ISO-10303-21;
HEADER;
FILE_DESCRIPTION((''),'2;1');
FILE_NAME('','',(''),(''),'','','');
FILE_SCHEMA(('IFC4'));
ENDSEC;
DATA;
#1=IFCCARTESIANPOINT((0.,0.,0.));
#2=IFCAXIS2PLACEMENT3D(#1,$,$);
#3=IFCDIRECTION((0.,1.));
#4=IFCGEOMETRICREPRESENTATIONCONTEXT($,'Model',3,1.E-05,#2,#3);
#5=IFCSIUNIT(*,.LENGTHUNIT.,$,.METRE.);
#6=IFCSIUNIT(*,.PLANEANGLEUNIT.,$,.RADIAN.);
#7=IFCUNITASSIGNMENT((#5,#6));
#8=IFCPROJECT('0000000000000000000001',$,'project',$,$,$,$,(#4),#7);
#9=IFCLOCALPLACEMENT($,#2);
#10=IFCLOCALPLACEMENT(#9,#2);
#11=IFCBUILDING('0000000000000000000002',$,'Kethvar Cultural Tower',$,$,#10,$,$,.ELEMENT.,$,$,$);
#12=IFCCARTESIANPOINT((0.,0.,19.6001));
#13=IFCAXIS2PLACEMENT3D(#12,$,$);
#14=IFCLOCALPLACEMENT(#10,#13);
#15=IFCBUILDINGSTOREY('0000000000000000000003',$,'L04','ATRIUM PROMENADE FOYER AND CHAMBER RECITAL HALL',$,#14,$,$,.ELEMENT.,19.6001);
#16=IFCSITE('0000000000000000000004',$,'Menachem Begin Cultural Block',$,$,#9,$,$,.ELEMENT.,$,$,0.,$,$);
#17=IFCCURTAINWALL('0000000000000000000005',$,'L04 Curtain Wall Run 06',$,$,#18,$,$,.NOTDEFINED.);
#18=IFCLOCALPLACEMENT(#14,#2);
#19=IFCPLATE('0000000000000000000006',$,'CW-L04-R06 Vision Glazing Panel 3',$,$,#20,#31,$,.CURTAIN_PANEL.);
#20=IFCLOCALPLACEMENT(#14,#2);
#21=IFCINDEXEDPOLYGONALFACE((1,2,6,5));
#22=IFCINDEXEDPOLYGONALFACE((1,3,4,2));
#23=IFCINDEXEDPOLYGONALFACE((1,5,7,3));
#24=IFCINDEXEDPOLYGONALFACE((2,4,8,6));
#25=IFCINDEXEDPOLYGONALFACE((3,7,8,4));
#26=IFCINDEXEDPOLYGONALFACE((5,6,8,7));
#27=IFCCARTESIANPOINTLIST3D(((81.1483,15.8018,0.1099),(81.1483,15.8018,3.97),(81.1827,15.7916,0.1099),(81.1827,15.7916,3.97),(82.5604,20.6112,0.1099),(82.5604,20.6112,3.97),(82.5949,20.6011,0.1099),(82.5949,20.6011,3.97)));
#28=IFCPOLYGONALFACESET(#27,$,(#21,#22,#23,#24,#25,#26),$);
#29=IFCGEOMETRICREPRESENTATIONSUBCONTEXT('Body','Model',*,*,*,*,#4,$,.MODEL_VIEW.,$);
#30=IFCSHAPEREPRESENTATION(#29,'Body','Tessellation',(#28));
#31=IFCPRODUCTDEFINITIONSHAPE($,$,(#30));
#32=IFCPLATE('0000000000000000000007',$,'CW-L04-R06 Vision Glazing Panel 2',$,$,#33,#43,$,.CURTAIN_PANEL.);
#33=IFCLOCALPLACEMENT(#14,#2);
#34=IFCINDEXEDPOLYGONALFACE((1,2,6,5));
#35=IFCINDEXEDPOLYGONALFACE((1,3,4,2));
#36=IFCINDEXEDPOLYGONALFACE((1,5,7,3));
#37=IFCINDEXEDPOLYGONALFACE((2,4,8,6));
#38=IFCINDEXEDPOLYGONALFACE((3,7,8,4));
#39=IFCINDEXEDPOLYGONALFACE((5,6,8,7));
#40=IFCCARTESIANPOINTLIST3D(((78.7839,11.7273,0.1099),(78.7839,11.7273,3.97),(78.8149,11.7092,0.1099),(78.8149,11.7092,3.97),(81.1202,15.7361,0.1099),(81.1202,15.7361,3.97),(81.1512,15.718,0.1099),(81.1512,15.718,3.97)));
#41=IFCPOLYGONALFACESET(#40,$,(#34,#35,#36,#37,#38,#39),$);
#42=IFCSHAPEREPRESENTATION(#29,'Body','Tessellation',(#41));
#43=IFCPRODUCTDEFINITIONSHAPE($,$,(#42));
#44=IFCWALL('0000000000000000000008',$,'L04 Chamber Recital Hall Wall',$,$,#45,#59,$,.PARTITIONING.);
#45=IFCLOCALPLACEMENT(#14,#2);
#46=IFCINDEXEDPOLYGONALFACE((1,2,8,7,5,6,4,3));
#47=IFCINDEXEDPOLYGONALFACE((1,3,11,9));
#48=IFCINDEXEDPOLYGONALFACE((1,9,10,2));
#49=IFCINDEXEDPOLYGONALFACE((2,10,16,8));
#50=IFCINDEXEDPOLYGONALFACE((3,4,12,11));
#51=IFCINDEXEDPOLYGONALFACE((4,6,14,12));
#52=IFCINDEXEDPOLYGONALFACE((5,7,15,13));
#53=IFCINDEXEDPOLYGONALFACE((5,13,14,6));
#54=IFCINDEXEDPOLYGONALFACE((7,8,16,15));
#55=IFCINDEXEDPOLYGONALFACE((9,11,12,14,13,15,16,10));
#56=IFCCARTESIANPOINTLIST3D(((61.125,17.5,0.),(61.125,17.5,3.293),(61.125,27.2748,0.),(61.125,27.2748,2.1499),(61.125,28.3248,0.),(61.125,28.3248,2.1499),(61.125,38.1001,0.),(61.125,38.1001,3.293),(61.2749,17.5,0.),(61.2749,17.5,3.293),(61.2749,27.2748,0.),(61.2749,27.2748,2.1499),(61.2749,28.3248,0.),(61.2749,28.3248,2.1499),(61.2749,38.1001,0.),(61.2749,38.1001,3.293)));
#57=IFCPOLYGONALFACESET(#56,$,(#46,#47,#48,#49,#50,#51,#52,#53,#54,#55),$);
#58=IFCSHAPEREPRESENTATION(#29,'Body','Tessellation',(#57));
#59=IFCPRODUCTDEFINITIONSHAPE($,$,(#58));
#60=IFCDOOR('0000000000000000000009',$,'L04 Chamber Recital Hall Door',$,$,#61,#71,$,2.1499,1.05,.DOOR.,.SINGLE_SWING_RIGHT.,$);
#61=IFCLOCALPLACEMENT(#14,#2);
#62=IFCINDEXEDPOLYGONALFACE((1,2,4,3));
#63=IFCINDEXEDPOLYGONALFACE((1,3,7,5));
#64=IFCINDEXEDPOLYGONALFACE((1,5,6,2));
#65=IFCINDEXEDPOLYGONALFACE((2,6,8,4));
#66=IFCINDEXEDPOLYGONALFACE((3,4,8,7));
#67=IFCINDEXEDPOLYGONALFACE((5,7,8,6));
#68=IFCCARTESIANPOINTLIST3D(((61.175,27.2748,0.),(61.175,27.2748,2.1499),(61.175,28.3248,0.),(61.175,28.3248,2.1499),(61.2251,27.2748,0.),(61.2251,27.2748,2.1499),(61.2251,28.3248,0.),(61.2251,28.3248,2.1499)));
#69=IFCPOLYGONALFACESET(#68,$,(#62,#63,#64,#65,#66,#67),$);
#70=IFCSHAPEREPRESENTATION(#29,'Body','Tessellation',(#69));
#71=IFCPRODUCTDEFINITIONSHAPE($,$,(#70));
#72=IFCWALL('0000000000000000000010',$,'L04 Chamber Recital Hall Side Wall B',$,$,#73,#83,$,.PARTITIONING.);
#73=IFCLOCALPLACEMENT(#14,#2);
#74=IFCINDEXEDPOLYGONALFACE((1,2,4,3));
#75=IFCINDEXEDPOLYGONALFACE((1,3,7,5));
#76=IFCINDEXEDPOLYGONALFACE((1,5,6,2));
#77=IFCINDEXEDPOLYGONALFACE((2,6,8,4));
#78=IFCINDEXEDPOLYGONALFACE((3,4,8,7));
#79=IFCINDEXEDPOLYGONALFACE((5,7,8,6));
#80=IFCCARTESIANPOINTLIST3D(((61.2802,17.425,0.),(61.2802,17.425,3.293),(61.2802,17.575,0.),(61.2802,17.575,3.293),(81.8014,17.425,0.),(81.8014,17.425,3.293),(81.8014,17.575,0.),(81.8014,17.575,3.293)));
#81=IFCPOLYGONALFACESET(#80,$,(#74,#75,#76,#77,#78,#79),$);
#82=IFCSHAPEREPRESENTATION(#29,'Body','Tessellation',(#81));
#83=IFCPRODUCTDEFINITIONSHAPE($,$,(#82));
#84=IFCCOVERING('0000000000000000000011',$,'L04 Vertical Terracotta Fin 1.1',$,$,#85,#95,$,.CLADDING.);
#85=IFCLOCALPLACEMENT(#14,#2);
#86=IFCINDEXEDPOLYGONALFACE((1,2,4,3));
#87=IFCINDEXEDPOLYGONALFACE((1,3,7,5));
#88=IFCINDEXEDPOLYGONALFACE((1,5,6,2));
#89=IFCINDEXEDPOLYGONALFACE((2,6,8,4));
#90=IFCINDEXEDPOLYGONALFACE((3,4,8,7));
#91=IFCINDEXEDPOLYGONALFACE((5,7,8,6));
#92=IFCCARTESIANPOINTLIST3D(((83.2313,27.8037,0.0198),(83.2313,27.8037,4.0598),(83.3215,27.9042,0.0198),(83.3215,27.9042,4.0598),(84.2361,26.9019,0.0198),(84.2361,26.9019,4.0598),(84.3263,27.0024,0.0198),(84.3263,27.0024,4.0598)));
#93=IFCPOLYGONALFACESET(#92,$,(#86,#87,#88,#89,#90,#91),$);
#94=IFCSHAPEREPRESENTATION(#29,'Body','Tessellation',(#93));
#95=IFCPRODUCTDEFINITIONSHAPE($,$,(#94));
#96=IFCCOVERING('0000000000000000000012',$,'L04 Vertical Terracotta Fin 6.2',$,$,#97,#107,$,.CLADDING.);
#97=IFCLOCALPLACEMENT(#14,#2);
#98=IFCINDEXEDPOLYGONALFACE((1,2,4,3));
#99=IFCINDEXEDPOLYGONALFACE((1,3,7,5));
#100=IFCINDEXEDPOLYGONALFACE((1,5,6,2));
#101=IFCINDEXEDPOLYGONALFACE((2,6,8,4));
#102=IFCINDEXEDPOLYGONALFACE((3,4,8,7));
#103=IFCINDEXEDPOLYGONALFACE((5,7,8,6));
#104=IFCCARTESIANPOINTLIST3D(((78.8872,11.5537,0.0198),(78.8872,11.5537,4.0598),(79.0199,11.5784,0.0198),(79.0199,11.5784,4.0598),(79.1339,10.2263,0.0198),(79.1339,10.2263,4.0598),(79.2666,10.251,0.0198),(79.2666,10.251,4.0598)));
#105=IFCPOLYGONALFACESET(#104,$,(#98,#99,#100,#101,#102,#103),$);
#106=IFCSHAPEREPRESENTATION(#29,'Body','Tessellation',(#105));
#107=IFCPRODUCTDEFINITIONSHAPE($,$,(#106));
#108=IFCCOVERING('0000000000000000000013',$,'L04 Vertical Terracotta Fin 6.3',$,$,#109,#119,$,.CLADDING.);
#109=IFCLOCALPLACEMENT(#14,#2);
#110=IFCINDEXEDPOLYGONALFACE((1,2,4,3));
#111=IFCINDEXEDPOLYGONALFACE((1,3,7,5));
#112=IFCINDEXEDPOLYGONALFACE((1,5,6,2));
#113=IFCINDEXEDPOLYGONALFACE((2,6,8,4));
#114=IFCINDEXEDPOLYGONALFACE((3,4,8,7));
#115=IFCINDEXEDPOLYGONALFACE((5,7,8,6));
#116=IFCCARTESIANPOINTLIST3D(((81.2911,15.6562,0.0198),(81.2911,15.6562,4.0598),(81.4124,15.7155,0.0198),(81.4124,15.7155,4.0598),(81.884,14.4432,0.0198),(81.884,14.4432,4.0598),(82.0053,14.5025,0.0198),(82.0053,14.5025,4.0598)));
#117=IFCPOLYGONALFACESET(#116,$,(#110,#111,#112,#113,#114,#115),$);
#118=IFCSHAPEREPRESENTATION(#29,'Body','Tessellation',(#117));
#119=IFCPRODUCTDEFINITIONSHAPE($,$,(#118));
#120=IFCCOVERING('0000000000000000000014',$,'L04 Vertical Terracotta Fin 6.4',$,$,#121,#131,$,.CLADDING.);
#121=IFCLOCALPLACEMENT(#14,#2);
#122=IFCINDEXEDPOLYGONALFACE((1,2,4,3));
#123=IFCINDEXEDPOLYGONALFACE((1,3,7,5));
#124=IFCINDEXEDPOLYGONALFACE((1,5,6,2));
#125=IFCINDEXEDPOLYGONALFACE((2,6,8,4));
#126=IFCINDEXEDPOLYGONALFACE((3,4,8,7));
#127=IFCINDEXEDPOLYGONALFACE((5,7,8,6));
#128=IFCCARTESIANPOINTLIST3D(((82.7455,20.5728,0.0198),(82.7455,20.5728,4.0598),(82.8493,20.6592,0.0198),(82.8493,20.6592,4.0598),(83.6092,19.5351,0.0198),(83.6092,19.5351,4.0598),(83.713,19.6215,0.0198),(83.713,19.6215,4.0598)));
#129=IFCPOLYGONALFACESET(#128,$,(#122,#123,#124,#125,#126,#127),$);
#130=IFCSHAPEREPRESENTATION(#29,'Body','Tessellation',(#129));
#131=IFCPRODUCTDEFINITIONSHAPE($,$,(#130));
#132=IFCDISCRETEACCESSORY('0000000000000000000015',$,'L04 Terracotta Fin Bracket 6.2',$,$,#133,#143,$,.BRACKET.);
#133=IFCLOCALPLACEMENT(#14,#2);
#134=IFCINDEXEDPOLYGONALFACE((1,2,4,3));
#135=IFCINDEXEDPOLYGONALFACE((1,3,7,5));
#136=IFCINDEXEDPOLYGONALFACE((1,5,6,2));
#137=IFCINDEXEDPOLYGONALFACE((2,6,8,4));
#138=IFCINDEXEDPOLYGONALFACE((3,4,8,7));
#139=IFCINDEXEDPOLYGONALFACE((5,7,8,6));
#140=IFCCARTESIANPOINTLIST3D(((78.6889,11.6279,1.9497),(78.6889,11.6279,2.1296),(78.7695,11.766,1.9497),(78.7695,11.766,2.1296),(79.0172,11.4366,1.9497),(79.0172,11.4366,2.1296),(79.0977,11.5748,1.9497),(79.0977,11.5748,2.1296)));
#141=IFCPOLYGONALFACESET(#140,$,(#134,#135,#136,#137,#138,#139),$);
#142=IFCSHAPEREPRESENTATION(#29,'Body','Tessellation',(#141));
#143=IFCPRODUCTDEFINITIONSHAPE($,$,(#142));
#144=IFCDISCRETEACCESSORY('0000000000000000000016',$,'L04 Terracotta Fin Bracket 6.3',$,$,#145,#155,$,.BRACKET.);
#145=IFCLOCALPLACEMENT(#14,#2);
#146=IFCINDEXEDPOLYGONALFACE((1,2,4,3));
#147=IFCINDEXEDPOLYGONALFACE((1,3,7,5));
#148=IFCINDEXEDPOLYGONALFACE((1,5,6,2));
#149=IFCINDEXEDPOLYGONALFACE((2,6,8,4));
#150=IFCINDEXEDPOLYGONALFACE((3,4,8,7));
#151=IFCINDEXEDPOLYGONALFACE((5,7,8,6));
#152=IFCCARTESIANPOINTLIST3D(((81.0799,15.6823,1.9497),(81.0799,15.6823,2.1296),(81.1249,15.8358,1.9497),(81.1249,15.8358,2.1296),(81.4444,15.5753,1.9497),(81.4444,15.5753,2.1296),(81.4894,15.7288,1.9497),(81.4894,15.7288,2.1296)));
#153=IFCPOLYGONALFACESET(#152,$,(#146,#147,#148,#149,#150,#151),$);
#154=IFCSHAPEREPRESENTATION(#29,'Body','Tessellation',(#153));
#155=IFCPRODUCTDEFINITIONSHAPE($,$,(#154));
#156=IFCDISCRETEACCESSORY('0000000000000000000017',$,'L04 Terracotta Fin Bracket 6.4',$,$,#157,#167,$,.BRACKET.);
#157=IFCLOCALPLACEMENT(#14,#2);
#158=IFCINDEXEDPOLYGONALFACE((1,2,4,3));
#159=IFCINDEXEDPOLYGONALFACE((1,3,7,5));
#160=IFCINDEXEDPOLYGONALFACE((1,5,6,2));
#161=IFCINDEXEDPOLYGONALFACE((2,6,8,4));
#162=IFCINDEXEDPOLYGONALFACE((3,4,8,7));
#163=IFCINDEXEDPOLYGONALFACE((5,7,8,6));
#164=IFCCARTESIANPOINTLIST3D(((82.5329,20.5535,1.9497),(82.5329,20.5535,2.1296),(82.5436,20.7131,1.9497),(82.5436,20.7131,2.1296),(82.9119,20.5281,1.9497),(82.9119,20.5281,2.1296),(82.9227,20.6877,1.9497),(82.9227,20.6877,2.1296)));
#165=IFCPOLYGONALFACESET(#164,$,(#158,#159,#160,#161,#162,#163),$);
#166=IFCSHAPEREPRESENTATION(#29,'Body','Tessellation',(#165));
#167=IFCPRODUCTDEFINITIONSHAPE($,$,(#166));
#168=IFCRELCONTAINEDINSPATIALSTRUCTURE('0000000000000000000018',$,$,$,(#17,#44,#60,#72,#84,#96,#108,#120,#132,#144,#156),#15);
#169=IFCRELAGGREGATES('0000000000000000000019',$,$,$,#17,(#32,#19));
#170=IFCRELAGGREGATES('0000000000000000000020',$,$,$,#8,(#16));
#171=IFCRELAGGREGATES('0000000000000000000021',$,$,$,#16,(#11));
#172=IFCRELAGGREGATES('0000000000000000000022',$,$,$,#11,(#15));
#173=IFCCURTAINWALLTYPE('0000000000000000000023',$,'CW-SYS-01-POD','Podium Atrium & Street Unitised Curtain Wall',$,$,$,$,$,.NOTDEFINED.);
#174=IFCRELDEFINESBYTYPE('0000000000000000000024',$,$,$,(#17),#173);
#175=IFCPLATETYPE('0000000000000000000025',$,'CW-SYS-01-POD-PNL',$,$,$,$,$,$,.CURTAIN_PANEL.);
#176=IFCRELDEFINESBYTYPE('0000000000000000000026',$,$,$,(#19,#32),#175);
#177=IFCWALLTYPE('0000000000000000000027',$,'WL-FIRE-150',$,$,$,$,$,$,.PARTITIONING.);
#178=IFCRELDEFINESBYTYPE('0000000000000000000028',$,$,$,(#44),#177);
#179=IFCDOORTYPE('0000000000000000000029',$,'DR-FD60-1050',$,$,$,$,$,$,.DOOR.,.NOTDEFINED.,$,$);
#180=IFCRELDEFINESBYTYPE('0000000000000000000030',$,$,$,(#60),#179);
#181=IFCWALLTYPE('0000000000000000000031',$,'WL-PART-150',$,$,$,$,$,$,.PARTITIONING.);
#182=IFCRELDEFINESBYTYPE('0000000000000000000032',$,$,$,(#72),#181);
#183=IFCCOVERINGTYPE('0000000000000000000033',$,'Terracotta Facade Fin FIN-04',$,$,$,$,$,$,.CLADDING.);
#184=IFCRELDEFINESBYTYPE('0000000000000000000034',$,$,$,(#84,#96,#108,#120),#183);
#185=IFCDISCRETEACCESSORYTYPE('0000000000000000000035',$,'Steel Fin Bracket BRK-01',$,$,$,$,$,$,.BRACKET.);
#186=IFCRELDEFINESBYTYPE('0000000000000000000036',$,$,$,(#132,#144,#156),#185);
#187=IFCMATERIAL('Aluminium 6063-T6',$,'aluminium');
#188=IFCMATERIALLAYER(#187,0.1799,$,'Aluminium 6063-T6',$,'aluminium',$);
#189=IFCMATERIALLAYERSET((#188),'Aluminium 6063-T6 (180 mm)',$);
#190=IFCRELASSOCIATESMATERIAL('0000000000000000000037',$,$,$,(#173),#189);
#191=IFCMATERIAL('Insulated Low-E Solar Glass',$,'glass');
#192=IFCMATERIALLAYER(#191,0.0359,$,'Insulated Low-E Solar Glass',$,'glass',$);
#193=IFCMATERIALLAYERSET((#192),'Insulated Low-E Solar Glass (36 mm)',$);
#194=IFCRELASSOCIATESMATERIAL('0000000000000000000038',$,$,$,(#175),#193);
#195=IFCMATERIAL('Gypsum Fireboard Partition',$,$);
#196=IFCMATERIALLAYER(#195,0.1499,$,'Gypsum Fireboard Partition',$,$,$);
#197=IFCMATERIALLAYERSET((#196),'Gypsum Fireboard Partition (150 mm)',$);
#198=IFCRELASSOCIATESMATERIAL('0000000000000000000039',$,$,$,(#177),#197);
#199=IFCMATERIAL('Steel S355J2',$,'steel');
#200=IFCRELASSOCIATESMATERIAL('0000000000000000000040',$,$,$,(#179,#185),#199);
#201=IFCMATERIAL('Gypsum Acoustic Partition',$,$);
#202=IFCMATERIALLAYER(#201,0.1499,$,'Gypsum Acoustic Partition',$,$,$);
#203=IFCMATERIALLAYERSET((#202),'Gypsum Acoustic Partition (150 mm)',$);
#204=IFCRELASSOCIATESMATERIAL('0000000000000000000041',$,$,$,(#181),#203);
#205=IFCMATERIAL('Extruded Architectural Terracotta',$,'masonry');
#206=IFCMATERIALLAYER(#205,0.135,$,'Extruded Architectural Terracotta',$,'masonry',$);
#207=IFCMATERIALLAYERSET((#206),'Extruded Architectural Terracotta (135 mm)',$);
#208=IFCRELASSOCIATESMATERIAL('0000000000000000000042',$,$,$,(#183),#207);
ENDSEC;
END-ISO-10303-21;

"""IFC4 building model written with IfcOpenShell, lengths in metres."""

from ifc_helpers import new_model, si_unit, direction, frame, frame_2d, origin, origin_2d, place, context, subcontext, project, spatial, rectangle, extrude, source, transform, mapped, material, layer, layer_set, type_object, element, fill, aggregate, save


model = new_model("IFC4")

# Units and contexts
model_context = context("Model", 3, precision=1e-05, world=origin(), true_north=direction((0.0, 1.0)))
body_context = subcontext(model_context, "Body", "Model", "MODEL_VIEW")
ifc_project = project(units=[si_unit("LENGTHUNIT", "METRE"), si_unit("PLANEANGLEUNIT", "RADIAN")], contexts=[model_context])

# Site, building, storey
site_placement = place(None, origin())
site = spatial("IfcSite", under=ifc_project, at=site_placement, Name="Menachem Begin Cultural Block", CompositionType="ELEMENT", RefElevation=0.0)
building_placement = place(site_placement, origin())
building = spatial("IfcBuilding", under=site, at=building_placement, Name="Kethvar Cultural Tower", CompositionType="ELEMENT")
storey_placement = place(building_placement, frame((0.0, 0.0, 19.6001)))
storey = spatial("IfcBuildingStorey", under=building, at=storey_placement, Name="L04", Description="ATRIUM PROMENADE FOYER AND CHAMBER RECITAL HALL", CompositionType="ELEMENT", Elevation=19.6001)

# Shared definitions
ifc_material_1 = material(Name="Steel S355J2", Category="steel")

# Curtain wall, plates
ifc_material_2 = material(Name="Aluminium 6063-T6", Category="aluminium")
ifc_layer_1 = layer(ifc_material_2, 0.1799, Name="Aluminium 6063-T6", Category="aluminium")
ifc_layer_set_1 = layer_set([ifc_layer_1], Name="Aluminium 6063-T6 (180 mm)")
curtain_wall_type = type_object("IfcCurtainWallType", Name="CW-SYS-01-POD", Description="Podium Atrium & Street Unitised Curtain Wall", PredefinedType="NOTDEFINED", material=ifc_layer_set_1)
curtain_wall_placement = place(storey_placement, origin())
curtain_wall = element("IfcCurtainWall", 1, at=curtain_wall_placement, inside=storey, type_object=curtain_wall_type, Name="L04 Curtain Wall Run 06", PredefinedType="NOTDEFINED")
ifc_material_3 = material(Name="Insulated Low-E Solar Glass", Category="glass")
ifc_layer_2 = layer(ifc_material_3, 0.0359, Name="Insulated Low-E Solar Glass", Category="glass")
ifc_layer_set_2 = layer_set([ifc_layer_2], Name="Insulated Low-E Solar Glass (36 mm)")
plate_type = type_object("IfcPlateType", Name="CW-SYS-01-POD-PNL", PredefinedType="CURTAIN_PANEL", material=ifc_layer_set_2)
shared_shape_1 = source(origin(), body_context, "Body", "SweptSolid", [
    extrude(rectangle(XDim=5.0125, YDim=0.0359, at=origin_2d()), origin(), (0.0, 0.0, 1.0), 3.8601),
])
plate_1_placement = place(storey_placement, frame((81.8716, 18.2014, 0.1099), z_axis=(0.0, 0.0, 1.0), x_axis=(0.281722, 0.959496, 0.0)))
plate_1 = element("IfcPlate", 2, at=plate_1_placement, type_object=plate_type, Name="CW-L04-R06 Vision Glazing Panel 3", PredefinedType="CURTAIN_PANEL", context=body_context, shape_type="MappedRepresentation", body=[
    mapped(shared_shape_1, transform((0.0, 0.0, 0.0), scale=1.0)),
])
shared_shape_2 = source(origin(), body_context, "Body", "SweptSolid", [
    extrude(rectangle(XDim=4.6399, YDim=0.0359, at=origin_2d()), origin(), (0.0, 0.0, 1.0), 3.8601),
])
plate_2_placement = place(storey_placement, frame((79.9675, 13.7227, 0.1099), z_axis=(0.0, 0.0, 1.0), x_axis=(0.503518, 0.863985, 0.0)))
plate_2 = element("IfcPlate", 3, at=plate_2_placement, type_object=plate_type, Name="CW-L04-R06 Vision Glazing Panel 2", PredefinedType="CURTAIN_PANEL", context=body_context, shape_type="MappedRepresentation", body=[
    mapped(shared_shape_2, transform((0.0, 0.0, 0.0), scale=1.0)),
])
aggregate(curtain_wall, [plate_2, plate_1])

# Wall, opening, door
ifc_material_4 = material(Name="Gypsum Fireboard Partition")
ifc_layer_3 = layer(ifc_material_4, 0.1499, Name="Gypsum Fireboard Partition")
ifc_layer_set_3 = layer_set([ifc_layer_3], Name="Gypsum Fireboard Partition (150 mm)")
wall_type_1 = type_object("IfcWallType", Name="WL-FIRE-150", PredefinedType="PARTITIONING", material=ifc_layer_set_3)
wall_1_placement = place(storey_placement, frame((61.2, 17.5, 0.0), z_axis=(0.0, 0.0, 1.0), x_axis=(0.0, 1.0, 0.0)))
wall_1 = element("IfcWall", 4, at=wall_1_placement, inside=storey, type_object=wall_type_1, Name="L04 Chamber Recital Hall Wall", PredefinedType="PARTITIONING", context=body_context, shape_type="SweptSolid", body=[
    extrude(rectangle(XDim=20.6001, YDim=0.1499, at=frame_2d((10.3, 0.0))), origin(), (0.0, 0.0, 1.0), 3.293),
])
opening_1_placement = place(wall_1_placement, frame((9.7749, 0.0, 0.0)))
opening_1 = element("IfcOpeningElement", 5, at=opening_1_placement, cuts=wall_1, PredefinedType="OPENING", context=body_context, shape_type="SweptSolid", body=[
    extrude(rectangle(XDim=1.05, YDim=2.1499, at=frame_2d((0.5249, 1.075))), frame((0.0, 0.085, 0.0), z_axis=(0.0, -1.0, 0.0), x_axis=(1.0, 0.0, 0.0)), (0.0, 0.0, 1.0), 0.1699),
])
door_type = type_object("IfcDoorType", Name="DR-FD60-1050", OperationType="NOTDEFINED", PredefinedType="DOOR", material=ifc_material_1)
shared_shape_3 = source(origin(), body_context, "Body", "SweptSolid", [
    extrude(rectangle(XDim=1.05, YDim=2.1499, at=frame_2d((0.5249, 1.075))), frame((0.0, 0.0249, 0.0), z_axis=(0.0, -1.0, 0.0), x_axis=(1.0, 0.0, 0.0)), (0.0, 0.0, 1.0), 0.05),
])
door_1_placement = place(opening_1_placement, origin())
door_1 = element("IfcDoor", 6, at=door_1_placement, inside=storey, type_object=door_type, Name="L04 Chamber Recital Hall Door", OperationType="SINGLE_SWING_RIGHT", OverallHeight=2.1499, OverallWidth=1.05, PredefinedType="DOOR", context=body_context, shape_type="MappedRepresentation", body=[
    mapped(shared_shape_3, transform((0.0, 0.0, 0.0), scale=1.0)),
])
fill(opening_1, door_1)

# Wall
ifc_material_5 = material(Name="Gypsum Acoustic Partition")
ifc_layer_4 = layer(ifc_material_5, 0.1499, Name="Gypsum Acoustic Partition")
ifc_layer_set_4 = layer_set([ifc_layer_4], Name="Gypsum Acoustic Partition (150 mm)")
wall_type_2 = type_object("IfcWallType", Name="WL-PART-150", PredefinedType="PARTITIONING", material=ifc_layer_set_4)
wall_2_placement = place(storey_placement, frame((61.28, 17.5, 0.0), z_axis=(0.0, 0.0, 1.0), x_axis=(1.0, 0.0, 0.0)))
element("IfcWall", 7, at=wall_2_placement, inside=storey, type_object=wall_type_2, Name="L04 Chamber Recital Hall Side Wall B", PredefinedType="PARTITIONING", context=body_context, shape_type="SweptSolid", body=[
    extrude(rectangle(XDim=20.5212, YDim=0.1499, at=frame_2d((10.2607, 0.0))), origin(), (0.0, 0.0, 1.0), 3.293),
])

# Coverings
ifc_material_6 = material(Name="Extruded Architectural Terracotta", Category="masonry")
ifc_layer_5 = layer(ifc_material_6, 0.135, Name="Extruded Architectural Terracotta", Category="masonry")
ifc_layer_set_5 = layer_set([ifc_layer_5], Name="Extruded Architectural Terracotta (135 mm)")
covering_type = type_object("IfcCoveringType", Name="Terracotta Facade Fin FIN-04", PredefinedType="CLADDING", material=ifc_layer_set_5)
shared_shape_4 = source(origin(), body_context, "Body", "SweptSolid", [
    extrude(rectangle(XDim=1.3501, YDim=0.135, at=origin_2d()), origin(), (0.0, 0.0, 1.0), 4.04),
])
for number, where, z_axis, x_axis, name in (
    (8, (83.7788, 27.4031, 0.0198), (0.0, 0.0, 1.0), (0.744195, -0.667962, 0.0), "L04 Vertical Terracotta Fin 1.1"),
    (9, (79.0769, 10.9023, 0.0198), (0.0, 0.0, 1.0), (0.18275, -0.983159, 0.0), "L04 Vertical Terracotta Fin 6.2"),
    (10, (81.6482, 15.0793, 0.0198), (0.0, 0.0, 1.0), (0.439155, -0.898411, 0.0), "L04 Vertical Terracotta Fin 6.3"),
    (11, (83.2292, 20.0972, 0.0198), (0.0, 0.0, 1.0), (0.639707, -0.768619, 0.0), "L04 Vertical Terracotta Fin 6.4"),
):
    element("IfcCovering", number, at=place(storey_placement, frame(where, z_axis=z_axis, x_axis=x_axis)), inside=storey, type_object=covering_type, Name=name, PredefinedType="CLADDING", context=body_context, shape_type="MappedRepresentation", body=[
        mapped(shared_shape_4, transform((0.0, 0.0, 0.0), scale=1.0)),
    ])

# Discrete accessories
discrete_accessory_type = type_object("IfcDiscreteAccessoryType", Name="Steel Fin Bracket BRK-01", PredefinedType="BRACKET", material=ifc_material_1)
shared_shape_5 = source(origin(), body_context, "Body", "SweptSolid", [
    extrude(rectangle(XDim=0.3799, YDim=0.1599, at=origin_2d()), origin(), (0.0, 0.0, 1.0), 0.1799),
])
for number, where, z_axis, x_axis, name in (
    (12, (78.8933, 11.6013, 1.9497), (0.0, 0.0, 1.0), (0.864011, -0.503472, 0.0), "L04 Terracotta Fin Bracket 6.2"),
    (13, (81.2847, 15.7056, 1.9497), (0.0, 0.0, 1.0), (0.959511, -0.281672, 0.0), "L04 Terracotta Fin Bracket 6.3"),
    (14, (82.7278, 20.6206, 1.9497), (0.0, 0.0, 1.0), (0.997755, -0.06697, 0.0), "L04 Terracotta Fin Bracket 6.4"),
):
    element("IfcDiscreteAccessory", number, at=place(storey_placement, frame(where, z_axis=z_axis, x_axis=x_axis)), inside=storey, type_object=discrete_accessory_type, Name=name, PredefinedType="BRACKET", context=body_context, shape_type="MappedRepresentation", body=[
        mapped(shared_shape_5, transform((0.0, 0.0, 0.0), scale=1.0)),
    ])

save(model, "model.ifc")
